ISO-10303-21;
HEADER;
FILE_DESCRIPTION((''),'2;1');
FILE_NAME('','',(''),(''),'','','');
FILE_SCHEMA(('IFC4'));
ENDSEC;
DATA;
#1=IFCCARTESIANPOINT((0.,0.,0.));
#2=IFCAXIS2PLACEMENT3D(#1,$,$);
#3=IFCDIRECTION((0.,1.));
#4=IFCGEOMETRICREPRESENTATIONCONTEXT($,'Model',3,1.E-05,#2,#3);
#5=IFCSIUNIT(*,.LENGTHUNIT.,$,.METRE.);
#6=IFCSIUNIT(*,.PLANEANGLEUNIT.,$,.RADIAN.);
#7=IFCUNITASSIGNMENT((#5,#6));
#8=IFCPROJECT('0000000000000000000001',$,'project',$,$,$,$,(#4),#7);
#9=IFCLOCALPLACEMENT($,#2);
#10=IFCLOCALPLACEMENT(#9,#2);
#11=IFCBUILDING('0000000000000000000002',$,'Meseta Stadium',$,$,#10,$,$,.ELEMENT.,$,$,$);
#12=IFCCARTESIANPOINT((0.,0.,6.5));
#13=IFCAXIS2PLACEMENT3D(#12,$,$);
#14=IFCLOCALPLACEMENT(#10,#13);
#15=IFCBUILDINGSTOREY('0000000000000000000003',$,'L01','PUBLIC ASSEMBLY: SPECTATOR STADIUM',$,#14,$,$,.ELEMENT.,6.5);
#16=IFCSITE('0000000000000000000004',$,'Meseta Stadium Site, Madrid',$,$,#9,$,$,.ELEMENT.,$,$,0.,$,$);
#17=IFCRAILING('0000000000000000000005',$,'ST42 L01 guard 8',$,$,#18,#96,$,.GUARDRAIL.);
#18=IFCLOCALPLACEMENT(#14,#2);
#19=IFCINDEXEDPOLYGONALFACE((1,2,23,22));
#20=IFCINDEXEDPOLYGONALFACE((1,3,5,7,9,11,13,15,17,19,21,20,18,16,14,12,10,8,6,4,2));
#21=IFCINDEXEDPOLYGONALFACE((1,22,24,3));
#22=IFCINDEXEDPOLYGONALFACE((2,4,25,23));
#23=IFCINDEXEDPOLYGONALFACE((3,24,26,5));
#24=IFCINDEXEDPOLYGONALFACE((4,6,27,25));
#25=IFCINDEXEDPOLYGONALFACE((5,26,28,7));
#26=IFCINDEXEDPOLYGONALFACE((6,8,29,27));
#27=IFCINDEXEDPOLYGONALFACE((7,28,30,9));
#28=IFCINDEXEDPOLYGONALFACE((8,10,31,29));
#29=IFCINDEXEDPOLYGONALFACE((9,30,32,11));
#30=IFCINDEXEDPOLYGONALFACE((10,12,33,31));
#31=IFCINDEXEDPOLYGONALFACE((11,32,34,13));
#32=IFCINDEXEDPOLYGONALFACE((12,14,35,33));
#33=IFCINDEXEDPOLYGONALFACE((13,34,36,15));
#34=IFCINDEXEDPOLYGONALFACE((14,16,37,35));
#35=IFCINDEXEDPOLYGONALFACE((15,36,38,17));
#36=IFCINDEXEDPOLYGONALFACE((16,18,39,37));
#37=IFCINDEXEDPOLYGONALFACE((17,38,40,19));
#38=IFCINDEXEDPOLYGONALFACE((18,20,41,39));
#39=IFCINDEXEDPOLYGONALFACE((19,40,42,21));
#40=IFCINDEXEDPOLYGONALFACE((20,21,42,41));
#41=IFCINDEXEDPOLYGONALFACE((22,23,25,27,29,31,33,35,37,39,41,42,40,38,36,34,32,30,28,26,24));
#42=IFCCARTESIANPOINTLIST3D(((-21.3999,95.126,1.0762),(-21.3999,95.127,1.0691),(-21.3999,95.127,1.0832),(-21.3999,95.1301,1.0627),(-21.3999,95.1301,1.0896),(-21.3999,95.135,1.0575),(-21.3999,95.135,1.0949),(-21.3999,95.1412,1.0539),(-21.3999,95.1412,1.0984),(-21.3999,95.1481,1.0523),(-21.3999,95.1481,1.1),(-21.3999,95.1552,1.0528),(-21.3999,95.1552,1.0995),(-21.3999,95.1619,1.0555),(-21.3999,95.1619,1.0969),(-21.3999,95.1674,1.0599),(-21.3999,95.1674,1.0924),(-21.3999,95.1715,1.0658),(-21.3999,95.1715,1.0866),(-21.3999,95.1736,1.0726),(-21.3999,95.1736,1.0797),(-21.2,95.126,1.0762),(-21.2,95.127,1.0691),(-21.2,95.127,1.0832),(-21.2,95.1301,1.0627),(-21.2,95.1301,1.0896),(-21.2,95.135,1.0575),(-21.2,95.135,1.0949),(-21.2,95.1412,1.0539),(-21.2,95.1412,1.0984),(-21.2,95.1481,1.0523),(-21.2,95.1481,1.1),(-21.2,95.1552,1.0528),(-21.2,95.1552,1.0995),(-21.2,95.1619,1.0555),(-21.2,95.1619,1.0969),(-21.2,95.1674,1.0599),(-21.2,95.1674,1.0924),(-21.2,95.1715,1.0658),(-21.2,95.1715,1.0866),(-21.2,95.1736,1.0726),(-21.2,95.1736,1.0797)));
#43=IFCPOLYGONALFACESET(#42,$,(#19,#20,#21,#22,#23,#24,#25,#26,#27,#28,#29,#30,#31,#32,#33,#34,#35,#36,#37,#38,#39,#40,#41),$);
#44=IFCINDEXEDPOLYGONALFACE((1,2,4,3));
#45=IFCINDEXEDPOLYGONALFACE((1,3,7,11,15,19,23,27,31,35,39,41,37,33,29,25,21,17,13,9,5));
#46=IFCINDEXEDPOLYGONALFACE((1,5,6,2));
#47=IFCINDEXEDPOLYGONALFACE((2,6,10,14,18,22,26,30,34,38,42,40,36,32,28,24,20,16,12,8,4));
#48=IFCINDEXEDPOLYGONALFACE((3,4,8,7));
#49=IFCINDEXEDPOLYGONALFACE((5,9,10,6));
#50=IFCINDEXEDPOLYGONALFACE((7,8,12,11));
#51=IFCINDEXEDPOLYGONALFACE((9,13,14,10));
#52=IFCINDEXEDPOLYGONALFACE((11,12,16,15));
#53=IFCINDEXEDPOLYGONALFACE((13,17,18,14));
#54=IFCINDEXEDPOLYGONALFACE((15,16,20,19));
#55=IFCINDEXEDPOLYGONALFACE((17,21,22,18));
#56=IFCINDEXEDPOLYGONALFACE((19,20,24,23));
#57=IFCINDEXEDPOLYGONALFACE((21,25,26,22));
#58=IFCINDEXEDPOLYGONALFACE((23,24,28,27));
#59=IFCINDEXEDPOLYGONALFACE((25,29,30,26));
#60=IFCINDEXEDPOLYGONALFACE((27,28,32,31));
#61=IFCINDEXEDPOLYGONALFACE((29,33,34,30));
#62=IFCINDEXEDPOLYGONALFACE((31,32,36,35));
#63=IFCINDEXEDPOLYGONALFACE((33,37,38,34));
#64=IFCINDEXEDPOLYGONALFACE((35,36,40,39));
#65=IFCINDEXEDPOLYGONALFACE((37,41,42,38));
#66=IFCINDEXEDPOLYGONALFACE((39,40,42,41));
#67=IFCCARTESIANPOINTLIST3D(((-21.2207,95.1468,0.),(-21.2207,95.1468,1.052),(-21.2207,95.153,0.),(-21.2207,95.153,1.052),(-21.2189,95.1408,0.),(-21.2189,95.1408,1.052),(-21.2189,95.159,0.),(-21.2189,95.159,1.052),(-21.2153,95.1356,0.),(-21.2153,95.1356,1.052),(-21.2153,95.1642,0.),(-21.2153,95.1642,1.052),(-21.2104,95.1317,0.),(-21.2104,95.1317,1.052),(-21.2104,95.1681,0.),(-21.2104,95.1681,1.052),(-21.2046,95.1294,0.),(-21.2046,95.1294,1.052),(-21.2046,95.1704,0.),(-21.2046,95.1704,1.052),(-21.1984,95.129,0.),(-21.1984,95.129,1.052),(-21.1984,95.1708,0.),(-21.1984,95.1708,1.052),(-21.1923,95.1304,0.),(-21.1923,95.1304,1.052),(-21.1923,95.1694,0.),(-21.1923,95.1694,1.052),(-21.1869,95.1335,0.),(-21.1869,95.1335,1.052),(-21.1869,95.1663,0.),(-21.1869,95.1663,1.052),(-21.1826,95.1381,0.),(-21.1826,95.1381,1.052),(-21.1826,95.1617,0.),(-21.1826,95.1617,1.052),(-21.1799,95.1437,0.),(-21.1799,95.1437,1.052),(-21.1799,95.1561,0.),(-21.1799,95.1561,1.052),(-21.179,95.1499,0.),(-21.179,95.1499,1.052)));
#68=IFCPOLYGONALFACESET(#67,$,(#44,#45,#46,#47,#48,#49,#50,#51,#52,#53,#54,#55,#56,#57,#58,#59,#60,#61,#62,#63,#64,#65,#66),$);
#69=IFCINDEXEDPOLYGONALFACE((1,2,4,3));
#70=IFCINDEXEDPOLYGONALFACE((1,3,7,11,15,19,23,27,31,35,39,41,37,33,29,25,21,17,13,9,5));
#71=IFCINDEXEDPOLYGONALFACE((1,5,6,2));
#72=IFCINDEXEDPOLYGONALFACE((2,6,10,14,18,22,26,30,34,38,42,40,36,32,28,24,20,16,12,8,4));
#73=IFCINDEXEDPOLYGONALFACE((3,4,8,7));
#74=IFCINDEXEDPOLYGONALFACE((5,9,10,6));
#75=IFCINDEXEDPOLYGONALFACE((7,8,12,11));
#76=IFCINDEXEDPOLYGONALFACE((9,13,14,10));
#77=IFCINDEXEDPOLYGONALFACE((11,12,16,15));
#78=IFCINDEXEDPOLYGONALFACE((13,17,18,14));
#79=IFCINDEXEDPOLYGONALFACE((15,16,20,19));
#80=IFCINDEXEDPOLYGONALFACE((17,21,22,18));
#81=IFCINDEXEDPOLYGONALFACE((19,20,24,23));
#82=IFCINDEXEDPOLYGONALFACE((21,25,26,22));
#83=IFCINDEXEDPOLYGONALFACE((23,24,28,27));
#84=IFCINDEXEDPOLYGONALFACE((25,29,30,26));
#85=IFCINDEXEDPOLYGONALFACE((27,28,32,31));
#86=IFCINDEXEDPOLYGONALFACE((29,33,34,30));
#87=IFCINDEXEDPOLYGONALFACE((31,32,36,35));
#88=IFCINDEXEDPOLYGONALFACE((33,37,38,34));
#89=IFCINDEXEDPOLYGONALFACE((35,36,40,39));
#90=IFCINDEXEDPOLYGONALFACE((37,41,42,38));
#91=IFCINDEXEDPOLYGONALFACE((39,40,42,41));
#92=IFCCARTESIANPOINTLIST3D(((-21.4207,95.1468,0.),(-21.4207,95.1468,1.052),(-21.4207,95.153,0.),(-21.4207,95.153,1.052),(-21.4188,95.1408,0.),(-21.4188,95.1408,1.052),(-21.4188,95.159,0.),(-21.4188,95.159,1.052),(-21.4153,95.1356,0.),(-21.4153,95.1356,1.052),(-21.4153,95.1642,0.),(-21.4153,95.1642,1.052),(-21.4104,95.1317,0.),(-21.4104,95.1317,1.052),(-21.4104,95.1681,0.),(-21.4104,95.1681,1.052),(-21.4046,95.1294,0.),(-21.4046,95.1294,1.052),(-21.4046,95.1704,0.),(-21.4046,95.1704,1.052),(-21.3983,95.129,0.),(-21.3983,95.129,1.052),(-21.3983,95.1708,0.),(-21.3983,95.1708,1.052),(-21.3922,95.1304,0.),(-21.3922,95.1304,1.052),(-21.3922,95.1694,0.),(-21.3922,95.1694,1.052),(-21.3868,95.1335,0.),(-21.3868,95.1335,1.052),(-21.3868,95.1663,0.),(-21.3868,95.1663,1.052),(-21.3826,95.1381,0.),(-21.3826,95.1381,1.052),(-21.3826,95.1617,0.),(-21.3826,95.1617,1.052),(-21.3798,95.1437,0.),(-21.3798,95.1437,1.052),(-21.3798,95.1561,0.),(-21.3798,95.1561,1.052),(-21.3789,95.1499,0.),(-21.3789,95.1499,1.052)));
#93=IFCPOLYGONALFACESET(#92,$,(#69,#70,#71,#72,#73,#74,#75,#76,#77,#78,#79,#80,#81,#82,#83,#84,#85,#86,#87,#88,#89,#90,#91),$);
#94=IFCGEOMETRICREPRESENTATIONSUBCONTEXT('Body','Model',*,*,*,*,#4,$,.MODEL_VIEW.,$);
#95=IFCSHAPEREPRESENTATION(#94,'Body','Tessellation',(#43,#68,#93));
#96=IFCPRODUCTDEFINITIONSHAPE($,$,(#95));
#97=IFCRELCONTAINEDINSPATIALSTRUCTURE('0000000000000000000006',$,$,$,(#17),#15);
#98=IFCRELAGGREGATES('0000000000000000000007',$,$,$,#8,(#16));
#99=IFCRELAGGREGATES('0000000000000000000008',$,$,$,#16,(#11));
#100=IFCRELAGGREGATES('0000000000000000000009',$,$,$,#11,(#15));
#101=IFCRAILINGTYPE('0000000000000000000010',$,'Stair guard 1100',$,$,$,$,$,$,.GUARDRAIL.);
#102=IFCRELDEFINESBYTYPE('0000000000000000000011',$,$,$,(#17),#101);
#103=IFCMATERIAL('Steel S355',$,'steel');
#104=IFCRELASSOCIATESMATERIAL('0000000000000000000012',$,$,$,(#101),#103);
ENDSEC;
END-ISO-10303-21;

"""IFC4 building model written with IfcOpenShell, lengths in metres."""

from ifc_helpers import new_model, si_unit, direction, frame, origin, origin_2d, place, context, subcontext, project, spatial, circle, extrude, material, type_object, element, save


model = new_model("IFC4")

# Units and contexts
model_context = context("Model", 3, precision=1e-05, world=origin(), true_north=direction((0.0, 1.0)))
body_context = subcontext(model_context, "Body", "Model", "MODEL_VIEW")
ifc_project = project(units=[si_unit("LENGTHUNIT", "METRE"), si_unit("PLANEANGLEUNIT", "RADIAN")], contexts=[model_context])

# Site, building, storey
site_placement = place(None, origin())
site = spatial("IfcSite", under=ifc_project, at=site_placement, Name="Meseta Stadium Site, Madrid", CompositionType="ELEMENT", RefElevation=0.0)
building_placement = place(site_placement, origin())
building = spatial("IfcBuilding", under=site, at=building_placement, Name="Meseta Stadium", CompositionType="ELEMENT")
storey_placement = place(building_placement, frame((0.0, 0.0, 6.5)))
storey = spatial("IfcBuildingStorey", under=building, at=storey_placement, Name="L01", Description="PUBLIC ASSEMBLY: SPECTATOR STADIUM", CompositionType="ELEMENT", Elevation=6.5)

# Railing
ifc_material_1 = material(Name="Steel S355", Category="steel")
railing_type_1 = type_object("IfcRailingType", Name="Stair guard 1100", PredefinedType="GUARDRAIL", material=ifc_material_1)
railing_1_placement = place(storey_placement, frame((-21.2, 95.1499, 0.0)))
element("IfcRailing", 1, at=railing_1_placement, inside=storey, type_object=railing_type_1, Name="ST42 L01 guard 8", PredefinedType="GUARDRAIL", context=body_context, shape_type="SweptSolid", body=[
    extrude(circle(Radius=0.0239, at=origin_2d()), frame((0.0, 0.0, 1.0762), z_axis=(-1.0, 0.0, 0.0), x_axis=(0.0, -1.0, 0.0)), (0.0, 0.0, 1.0), 0.2),
    extrude(circle(Radius=0.021, at=origin_2d()), origin(), (0.0, 0.0, 1.0), 1.052),
    extrude(circle(Radius=0.021, at=origin_2d()), frame((-0.2, 0.0, 0.0)), (0.0, 0.0, 1.0), 1.052),
])

save(model, "model.ifc")
